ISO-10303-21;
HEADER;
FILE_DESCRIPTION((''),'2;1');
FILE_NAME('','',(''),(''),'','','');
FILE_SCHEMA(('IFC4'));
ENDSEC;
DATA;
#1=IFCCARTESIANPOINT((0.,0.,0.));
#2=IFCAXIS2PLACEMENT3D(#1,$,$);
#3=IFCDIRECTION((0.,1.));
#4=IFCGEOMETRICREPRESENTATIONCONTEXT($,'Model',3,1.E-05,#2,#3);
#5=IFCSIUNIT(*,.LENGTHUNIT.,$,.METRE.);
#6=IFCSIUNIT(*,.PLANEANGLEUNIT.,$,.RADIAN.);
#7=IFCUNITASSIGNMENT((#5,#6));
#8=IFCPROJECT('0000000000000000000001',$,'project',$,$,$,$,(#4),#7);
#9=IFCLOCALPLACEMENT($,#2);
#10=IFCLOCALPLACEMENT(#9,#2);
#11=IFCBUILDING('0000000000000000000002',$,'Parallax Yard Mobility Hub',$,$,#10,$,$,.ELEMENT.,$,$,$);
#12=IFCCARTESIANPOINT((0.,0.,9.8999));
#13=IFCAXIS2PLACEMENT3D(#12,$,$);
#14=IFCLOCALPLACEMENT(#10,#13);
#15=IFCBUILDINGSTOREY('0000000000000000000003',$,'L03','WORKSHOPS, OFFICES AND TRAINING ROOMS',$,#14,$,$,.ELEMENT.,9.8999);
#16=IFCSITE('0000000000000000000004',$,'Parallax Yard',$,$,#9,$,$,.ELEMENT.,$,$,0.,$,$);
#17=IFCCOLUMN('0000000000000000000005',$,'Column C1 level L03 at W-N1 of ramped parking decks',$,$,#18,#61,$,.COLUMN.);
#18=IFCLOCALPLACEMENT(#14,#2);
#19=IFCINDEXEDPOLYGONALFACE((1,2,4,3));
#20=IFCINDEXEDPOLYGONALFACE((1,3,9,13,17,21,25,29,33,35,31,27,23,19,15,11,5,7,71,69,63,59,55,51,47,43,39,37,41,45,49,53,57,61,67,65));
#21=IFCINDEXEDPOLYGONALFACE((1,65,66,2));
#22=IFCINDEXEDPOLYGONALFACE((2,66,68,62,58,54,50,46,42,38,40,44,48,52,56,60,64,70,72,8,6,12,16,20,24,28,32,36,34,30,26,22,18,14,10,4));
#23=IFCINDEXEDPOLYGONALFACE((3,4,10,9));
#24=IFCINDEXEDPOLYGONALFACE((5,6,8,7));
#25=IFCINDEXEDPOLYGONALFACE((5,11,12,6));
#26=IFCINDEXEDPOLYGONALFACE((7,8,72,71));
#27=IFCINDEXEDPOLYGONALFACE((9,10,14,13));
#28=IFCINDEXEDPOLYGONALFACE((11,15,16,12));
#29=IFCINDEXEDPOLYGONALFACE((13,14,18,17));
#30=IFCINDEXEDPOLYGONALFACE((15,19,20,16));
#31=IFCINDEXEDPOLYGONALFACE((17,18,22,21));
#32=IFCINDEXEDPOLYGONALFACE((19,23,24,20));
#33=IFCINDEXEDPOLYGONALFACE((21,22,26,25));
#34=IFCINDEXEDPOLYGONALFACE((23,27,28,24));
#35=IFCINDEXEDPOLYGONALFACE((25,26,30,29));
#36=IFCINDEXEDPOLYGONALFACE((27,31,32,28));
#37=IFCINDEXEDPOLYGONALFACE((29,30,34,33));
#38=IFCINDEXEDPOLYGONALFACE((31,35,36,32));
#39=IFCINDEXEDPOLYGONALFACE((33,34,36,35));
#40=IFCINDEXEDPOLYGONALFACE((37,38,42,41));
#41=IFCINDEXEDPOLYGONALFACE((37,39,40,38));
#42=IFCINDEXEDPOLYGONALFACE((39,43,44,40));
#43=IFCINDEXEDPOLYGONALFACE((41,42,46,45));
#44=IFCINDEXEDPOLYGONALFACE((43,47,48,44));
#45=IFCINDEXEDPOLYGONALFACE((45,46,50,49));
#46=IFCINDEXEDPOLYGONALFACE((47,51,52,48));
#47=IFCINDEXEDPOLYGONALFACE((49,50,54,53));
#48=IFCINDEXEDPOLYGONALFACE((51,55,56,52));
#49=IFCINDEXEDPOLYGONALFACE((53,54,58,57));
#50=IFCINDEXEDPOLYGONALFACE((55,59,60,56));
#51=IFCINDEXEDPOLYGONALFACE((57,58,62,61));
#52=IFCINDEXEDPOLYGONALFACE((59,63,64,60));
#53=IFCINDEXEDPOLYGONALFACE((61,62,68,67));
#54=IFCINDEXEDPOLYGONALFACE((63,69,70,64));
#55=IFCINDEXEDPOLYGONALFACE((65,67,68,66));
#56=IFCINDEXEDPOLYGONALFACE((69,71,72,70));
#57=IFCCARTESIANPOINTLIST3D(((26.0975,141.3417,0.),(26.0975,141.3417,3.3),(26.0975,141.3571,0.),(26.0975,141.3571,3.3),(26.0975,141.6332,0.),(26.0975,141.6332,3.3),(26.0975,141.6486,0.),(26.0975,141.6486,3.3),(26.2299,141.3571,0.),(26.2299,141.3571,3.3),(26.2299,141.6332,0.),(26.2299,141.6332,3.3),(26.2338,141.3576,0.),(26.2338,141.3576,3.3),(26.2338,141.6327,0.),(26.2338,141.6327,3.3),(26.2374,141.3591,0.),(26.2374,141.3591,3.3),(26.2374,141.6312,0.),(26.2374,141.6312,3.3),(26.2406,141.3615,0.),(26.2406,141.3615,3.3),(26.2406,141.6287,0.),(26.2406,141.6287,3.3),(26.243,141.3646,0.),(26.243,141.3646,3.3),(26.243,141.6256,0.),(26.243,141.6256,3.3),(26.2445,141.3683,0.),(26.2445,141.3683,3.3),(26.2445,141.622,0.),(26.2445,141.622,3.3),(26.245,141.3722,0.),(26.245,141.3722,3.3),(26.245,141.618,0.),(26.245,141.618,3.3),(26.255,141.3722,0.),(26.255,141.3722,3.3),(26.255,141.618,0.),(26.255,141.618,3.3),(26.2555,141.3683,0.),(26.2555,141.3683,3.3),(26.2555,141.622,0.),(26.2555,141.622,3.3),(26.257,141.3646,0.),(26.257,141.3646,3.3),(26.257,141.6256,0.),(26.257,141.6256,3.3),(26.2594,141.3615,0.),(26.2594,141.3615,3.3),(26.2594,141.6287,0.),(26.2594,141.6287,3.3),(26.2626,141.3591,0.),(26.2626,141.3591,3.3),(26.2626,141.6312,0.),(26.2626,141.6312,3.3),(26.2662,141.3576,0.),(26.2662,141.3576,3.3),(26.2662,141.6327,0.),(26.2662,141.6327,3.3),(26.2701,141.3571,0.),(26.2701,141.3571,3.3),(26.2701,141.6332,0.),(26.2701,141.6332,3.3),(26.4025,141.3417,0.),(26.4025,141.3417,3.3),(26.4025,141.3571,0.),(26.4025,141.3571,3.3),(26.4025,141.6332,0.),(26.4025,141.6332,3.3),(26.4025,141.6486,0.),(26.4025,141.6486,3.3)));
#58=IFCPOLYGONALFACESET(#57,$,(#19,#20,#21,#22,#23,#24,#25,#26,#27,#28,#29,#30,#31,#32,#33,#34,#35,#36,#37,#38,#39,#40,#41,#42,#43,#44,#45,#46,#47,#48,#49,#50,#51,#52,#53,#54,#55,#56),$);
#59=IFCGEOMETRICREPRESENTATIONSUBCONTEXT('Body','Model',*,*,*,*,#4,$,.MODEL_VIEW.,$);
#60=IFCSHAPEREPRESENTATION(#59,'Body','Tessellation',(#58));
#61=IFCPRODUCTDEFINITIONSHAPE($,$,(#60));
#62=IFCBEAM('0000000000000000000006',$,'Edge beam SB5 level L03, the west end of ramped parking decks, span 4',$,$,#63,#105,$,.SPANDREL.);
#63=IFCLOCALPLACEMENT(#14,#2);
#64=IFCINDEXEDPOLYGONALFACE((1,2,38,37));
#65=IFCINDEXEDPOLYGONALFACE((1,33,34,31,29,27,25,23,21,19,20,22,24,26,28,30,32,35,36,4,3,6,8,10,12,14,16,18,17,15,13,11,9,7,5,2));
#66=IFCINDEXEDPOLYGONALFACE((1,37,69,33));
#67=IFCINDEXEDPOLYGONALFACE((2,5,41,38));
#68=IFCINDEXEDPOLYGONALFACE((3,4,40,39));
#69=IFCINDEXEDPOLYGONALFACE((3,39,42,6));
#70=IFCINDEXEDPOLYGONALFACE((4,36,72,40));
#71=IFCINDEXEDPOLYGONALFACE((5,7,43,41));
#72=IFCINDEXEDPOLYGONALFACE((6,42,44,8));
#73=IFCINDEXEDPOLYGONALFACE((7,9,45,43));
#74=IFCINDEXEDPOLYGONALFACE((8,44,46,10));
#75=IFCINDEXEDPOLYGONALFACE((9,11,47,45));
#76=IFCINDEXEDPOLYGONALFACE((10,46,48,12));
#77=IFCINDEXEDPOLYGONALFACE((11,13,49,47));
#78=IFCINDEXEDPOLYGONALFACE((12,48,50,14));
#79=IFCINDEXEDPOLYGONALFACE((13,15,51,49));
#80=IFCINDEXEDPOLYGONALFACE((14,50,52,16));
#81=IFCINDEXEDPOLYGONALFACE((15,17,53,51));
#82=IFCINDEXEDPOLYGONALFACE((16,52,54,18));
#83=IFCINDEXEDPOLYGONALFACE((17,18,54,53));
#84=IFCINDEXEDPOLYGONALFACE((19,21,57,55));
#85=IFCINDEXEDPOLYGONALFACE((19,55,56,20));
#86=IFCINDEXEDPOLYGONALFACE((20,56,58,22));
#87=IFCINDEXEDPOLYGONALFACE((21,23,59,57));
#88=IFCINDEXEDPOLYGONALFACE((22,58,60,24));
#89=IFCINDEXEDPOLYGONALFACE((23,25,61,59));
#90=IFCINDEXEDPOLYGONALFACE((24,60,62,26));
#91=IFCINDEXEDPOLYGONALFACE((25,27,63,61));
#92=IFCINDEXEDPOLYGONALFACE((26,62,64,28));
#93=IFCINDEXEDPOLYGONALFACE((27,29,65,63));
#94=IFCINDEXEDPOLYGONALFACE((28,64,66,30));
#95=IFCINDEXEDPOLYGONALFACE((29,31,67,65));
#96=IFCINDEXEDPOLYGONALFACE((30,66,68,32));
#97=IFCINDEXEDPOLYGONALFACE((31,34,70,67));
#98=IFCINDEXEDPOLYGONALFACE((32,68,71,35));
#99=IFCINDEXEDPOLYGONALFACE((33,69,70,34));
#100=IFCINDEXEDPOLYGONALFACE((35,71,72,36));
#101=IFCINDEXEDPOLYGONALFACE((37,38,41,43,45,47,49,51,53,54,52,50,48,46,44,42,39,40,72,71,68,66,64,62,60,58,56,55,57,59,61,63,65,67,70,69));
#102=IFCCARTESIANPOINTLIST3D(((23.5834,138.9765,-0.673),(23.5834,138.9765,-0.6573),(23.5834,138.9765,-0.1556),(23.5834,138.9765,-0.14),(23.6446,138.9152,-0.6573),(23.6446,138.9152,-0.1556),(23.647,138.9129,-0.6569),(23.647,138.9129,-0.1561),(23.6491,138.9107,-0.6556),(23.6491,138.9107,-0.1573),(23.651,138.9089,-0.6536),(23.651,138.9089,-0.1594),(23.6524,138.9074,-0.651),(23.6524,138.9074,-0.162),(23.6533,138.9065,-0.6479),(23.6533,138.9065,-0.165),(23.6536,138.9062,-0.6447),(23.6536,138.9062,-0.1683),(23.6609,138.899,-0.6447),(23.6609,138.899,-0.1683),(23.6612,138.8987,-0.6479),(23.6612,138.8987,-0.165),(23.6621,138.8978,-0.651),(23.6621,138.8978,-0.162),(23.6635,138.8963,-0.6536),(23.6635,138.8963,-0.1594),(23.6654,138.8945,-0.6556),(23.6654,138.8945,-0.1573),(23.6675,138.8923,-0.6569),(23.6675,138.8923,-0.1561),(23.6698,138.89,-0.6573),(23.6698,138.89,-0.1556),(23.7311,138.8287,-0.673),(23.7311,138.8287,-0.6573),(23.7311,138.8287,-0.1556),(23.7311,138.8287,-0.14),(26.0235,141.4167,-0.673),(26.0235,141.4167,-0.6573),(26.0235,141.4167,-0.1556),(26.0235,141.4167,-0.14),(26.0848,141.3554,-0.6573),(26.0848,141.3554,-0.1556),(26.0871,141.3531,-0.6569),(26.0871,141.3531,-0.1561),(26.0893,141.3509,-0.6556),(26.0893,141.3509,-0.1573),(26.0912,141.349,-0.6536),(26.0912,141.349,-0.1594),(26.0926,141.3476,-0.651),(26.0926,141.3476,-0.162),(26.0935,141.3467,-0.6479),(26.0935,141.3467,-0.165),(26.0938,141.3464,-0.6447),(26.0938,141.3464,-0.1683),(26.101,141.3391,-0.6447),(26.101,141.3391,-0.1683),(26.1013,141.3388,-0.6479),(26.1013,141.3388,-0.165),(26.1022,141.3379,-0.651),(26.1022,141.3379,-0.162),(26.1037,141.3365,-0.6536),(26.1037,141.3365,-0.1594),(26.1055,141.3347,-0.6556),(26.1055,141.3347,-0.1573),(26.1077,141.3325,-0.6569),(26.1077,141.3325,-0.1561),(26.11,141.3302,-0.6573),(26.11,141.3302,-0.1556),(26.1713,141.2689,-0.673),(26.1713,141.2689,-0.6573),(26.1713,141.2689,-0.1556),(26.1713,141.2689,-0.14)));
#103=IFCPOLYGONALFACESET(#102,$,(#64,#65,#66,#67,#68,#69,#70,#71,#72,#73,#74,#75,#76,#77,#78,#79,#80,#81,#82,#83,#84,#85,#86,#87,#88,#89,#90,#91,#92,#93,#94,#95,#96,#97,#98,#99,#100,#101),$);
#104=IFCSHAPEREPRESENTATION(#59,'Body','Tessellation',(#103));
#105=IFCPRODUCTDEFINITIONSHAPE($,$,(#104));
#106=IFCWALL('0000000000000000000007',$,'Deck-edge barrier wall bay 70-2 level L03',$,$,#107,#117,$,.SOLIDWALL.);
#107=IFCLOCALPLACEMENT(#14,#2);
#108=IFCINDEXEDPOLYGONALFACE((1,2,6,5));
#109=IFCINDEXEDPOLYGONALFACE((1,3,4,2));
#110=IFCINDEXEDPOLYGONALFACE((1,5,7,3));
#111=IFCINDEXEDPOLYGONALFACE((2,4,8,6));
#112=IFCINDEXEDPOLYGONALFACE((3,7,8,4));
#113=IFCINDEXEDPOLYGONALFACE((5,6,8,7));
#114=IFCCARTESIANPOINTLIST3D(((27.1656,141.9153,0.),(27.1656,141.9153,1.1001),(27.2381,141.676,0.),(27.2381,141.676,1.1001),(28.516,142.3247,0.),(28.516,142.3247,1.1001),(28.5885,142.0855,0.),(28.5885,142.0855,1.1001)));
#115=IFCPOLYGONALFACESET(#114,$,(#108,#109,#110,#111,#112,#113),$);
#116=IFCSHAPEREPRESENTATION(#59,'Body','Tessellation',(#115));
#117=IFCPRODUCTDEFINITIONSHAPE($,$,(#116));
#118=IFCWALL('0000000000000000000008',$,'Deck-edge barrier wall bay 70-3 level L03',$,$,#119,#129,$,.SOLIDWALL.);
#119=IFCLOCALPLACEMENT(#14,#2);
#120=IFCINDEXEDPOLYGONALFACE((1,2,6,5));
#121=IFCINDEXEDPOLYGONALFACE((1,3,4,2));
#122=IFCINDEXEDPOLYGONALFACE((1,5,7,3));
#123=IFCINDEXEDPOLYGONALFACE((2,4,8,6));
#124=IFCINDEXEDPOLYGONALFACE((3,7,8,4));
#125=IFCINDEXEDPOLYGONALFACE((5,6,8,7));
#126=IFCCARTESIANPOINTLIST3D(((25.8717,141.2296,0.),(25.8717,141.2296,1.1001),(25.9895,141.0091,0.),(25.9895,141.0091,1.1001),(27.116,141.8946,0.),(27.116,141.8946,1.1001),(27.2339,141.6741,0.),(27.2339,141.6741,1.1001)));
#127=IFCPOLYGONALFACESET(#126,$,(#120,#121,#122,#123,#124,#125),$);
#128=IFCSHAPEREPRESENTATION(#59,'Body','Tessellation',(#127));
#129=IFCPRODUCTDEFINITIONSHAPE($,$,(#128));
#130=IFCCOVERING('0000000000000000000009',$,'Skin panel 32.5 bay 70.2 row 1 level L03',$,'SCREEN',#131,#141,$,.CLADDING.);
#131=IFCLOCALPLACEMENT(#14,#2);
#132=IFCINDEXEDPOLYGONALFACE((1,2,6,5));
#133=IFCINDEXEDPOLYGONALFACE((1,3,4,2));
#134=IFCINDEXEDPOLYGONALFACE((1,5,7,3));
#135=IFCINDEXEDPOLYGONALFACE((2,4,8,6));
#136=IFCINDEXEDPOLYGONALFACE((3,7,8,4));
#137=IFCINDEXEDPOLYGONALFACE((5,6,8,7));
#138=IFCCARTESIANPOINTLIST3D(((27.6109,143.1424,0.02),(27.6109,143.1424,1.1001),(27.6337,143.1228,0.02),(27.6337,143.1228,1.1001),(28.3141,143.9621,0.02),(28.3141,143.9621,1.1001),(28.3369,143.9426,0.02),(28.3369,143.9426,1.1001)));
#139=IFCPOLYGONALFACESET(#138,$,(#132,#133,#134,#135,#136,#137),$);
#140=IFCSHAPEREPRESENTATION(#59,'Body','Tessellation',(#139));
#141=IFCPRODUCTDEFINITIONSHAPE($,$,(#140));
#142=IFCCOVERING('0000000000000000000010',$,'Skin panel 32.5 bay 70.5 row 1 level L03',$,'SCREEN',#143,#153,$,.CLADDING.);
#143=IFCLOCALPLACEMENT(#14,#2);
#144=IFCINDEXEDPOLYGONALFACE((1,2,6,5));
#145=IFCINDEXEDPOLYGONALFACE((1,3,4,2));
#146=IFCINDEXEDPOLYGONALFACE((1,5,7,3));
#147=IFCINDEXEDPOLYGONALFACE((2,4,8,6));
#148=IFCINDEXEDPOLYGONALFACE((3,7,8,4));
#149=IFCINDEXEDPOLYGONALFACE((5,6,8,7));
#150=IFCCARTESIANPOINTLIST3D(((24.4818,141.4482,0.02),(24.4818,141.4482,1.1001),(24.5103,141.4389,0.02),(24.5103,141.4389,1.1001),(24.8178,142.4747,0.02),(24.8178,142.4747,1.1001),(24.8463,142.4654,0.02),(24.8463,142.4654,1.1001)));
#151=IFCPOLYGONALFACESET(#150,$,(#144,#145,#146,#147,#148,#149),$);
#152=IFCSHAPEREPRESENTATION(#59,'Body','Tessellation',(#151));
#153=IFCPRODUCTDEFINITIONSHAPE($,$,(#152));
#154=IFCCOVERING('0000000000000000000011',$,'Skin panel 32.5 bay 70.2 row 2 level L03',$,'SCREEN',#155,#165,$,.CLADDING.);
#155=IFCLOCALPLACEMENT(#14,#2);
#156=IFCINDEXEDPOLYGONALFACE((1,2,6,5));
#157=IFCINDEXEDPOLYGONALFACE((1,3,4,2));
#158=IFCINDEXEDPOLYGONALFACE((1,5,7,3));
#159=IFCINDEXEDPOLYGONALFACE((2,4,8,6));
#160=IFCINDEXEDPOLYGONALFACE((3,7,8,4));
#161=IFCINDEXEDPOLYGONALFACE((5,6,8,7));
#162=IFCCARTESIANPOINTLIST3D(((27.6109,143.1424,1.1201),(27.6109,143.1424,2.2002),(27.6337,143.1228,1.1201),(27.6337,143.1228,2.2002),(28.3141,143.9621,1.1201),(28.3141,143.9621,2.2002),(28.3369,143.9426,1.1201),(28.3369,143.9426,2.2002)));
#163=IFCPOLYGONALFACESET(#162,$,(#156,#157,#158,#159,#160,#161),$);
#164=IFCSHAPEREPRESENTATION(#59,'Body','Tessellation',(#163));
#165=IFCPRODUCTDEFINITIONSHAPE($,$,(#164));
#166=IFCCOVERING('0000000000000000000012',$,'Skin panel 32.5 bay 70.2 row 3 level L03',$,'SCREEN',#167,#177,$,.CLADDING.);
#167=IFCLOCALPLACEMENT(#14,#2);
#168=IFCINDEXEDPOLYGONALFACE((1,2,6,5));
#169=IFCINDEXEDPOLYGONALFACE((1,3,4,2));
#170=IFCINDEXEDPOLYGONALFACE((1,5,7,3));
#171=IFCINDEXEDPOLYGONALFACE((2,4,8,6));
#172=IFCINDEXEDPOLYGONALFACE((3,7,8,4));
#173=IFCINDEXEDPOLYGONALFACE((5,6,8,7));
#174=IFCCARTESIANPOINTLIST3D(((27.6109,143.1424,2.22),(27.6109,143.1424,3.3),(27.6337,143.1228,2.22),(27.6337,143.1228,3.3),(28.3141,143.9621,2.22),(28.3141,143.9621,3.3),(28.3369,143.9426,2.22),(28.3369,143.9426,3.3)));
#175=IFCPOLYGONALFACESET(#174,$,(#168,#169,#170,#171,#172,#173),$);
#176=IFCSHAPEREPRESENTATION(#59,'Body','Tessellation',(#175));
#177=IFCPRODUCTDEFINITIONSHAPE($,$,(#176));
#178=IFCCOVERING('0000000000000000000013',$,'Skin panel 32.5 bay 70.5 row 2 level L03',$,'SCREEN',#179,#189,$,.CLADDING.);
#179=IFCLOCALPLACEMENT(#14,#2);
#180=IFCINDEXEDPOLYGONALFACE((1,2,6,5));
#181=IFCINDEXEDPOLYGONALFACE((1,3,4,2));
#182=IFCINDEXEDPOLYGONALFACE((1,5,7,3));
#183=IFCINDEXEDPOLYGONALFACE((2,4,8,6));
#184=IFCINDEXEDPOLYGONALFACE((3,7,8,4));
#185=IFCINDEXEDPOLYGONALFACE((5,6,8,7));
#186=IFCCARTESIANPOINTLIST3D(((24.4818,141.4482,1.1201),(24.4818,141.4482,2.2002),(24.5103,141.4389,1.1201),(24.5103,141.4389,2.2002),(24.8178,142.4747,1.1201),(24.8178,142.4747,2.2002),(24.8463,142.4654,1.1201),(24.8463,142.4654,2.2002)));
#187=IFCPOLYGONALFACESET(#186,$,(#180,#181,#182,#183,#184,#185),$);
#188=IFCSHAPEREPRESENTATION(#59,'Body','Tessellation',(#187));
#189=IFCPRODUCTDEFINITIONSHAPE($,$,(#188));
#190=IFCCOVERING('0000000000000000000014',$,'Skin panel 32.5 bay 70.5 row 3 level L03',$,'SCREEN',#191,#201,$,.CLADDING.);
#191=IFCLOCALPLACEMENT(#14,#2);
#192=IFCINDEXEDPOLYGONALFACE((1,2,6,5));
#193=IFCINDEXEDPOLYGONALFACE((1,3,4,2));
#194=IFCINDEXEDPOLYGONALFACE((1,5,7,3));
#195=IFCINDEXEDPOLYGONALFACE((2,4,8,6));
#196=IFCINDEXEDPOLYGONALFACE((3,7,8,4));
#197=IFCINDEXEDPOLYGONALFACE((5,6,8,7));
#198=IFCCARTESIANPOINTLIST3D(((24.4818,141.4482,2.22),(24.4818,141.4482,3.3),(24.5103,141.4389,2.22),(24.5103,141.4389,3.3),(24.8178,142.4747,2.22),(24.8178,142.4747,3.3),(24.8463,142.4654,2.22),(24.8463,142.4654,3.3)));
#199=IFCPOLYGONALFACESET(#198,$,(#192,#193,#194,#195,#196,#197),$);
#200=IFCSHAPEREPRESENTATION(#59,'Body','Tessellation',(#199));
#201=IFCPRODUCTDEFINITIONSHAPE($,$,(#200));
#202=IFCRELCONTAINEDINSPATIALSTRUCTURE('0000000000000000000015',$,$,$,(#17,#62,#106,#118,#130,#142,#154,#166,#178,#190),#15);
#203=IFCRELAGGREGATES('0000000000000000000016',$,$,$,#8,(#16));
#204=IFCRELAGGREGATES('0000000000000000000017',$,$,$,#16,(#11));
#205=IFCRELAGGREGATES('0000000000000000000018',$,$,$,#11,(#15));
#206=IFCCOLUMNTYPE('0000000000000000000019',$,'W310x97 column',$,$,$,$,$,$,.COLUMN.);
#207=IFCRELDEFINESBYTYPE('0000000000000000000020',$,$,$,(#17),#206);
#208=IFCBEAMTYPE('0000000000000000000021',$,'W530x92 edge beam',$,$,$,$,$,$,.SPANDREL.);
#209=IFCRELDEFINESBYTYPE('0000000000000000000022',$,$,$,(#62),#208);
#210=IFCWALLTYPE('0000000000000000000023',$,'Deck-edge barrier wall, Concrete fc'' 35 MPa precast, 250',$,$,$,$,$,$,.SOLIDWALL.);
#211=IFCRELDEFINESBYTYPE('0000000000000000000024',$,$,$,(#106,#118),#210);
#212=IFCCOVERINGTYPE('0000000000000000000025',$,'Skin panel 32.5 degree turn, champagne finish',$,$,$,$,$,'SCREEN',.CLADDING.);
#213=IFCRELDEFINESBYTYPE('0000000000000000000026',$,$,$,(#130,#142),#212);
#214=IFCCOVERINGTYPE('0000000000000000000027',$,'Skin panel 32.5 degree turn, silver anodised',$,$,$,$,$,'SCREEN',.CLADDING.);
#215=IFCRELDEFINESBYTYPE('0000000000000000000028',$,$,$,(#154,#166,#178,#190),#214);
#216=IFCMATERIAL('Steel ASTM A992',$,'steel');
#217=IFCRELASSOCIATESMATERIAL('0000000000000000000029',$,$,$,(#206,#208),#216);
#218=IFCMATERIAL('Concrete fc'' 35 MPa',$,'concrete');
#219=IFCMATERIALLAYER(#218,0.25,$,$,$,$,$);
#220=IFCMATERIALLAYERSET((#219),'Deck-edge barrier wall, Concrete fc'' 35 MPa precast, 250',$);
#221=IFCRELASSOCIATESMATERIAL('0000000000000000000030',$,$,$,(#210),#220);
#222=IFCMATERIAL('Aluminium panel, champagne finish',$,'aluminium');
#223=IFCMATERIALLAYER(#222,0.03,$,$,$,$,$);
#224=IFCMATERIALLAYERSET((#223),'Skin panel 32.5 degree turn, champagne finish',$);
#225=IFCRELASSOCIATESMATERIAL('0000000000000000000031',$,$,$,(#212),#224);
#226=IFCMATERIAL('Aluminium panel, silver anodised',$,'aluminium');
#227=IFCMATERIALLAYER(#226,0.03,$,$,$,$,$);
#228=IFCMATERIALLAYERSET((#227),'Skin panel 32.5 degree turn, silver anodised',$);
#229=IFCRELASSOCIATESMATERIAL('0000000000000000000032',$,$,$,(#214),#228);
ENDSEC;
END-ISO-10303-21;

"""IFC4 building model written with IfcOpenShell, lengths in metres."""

from ifc_helpers import new_model, si_unit, direction, frame, frame_2d, origin, origin_2d, place, context, subcontext, project, spatial, rectangle, i_section, extrude, material, layer, layer_set, material_profile, profile_set, type_object, element, save


model = new_model("IFC4")

# Units and contexts
model_context = context("Model", 3, precision=1e-05, world=origin(), true_north=direction((0.0, 1.0)))
body_context = subcontext(model_context, "Body", "Model", "MODEL_VIEW")
ifc_project = project(units=[si_unit("LENGTHUNIT", "METRE"), si_unit("PLANEANGLEUNIT", "RADIAN")], contexts=[model_context])

# Site, building, storey
site_placement = place(None, origin())
site = spatial("IfcSite", under=ifc_project, at=site_placement, Name="Parallax Yard", CompositionType="ELEMENT", RefElevation=0.0)
building_placement = place(site_placement, origin())
building = spatial("IfcBuilding", under=site, at=building_placement, Name="Parallax Yard Mobility Hub", CompositionType="ELEMENT")
storey_placement = place(building_placement, frame((0.0, 0.0, 9.8999)))
storey = spatial("IfcBuildingStorey", under=building, at=storey_placement, Name="L03", Description="WORKSHOPS, OFFICES AND TRAINING ROOMS", CompositionType="ELEMENT", Elevation=9.8999)

# Column
ifc_material_1 = material(Name="Steel ASTM A992", Category="steel")
ifc_material_profile_1 = material_profile(ifc_material_1, i_section(OverallWidth=0.3049, OverallDepth=0.3069, WebThickness=0.01, FlangeThickness=0.0154, FilletRadius=0.0151, at=origin_2d()), Name="W310x97")
ifc_profile_set_1 = profile_set([ifc_material_profile_1], Name="Steel ASTM A992")
column_type = type_object("IfcColumnType", Name="W310x97 column", PredefinedType="COLUMN", material=ifc_profile_set_1)
column_placement = place(storey_placement, frame((26.25, 141.4951, 0.0), z_axis=(0.0, 0.0, 1.0), x_axis=(1.0, 0.0, 0.0)))
element("IfcColumn", 1, at=column_placement, inside=storey, type_object=column_type, Name="Column C1 level L03 at W-N1 of ramped parking decks", PredefinedType="COLUMN", context=body_context, shape_type="SweptSolid", body=[
    extrude(i_section(OverallWidth=0.3049, OverallDepth=0.3069, WebThickness=0.01, FlangeThickness=0.0154, FilletRadius=0.0151, at=origin_2d()), origin(), (0.0, 0.0, 1.0), 3.3),
])

# Beam
ifc_material_profile_2 = material_profile(ifc_material_1, i_section(OverallWidth=0.209, OverallDepth=0.533, WebThickness=0.0103, FlangeThickness=0.0156, FilletRadius=0.0127, at=origin_2d()), Name="W530x92")
ifc_profile_set_2 = profile_set([ifc_material_profile_2], Name="Steel ASTM A992")
beam_type = type_object("IfcBeamType", Name="W530x92 edge beam", PredefinedType="SPANDREL", material=ifc_profile_set_2)
beam_placement = place(storey_placement, frame((26.0974, 141.3428, -0.4065), z_axis=(-0.707107, -0.707107, 0.0), x_axis=(0.707107, -0.707107, 0.0)))
element("IfcBeam", 2, at=beam_placement, inside=storey, type_object=beam_type, Name="Edge beam SB5 level L03, the west end of ramped parking decks, span 4", PredefinedType="SPANDREL", context=body_context, shape_type="SweptSolid", body=[
    extrude(i_section(OverallWidth=0.209, OverallDepth=0.533, WebThickness=0.0103, FlangeThickness=0.0156, FilletRadius=0.0127, at=origin_2d()), origin(), (0.0, 0.0, 1.0), 3.4509),
])

# Walls
ifc_material_2 = material(Name="Concrete fc' 35 MPa", Category="concrete")
ifc_layer_1 = layer(ifc_material_2, 0.25)
ifc_layer_set_1 = layer_set([ifc_layer_1], Name="Deck-edge barrier wall, Concrete fc' 35 MPa precast, 250")
wall_type = type_object("IfcWallType", Name="Deck-edge barrier wall, Concrete fc' 35 MPa precast, 250", PredefinedType="SOLIDWALL", material=ifc_layer_set_1)
wall_1_placement = place(storey_placement, frame((28.5522, 142.2051, 0.0), z_axis=(0.0, 0.0, 1.0), x_axis=(-0.956979, -0.290156, 0.0)))
element("IfcWall", 3, at=wall_1_placement, inside=storey, type_object=wall_type, Name="Deck-edge barrier wall bay 70-2 level L03", PredefinedType="SOLIDWALL", context=body_context, shape_type="SweptSolid", body=[
    extrude(rectangle(XDim=1.4111, YDim=0.25, at=frame_2d((0.7056, 0.0))), origin(), (0.0, 0.0, 1.0), 1.1001),
])
wall_2_placement = place(storey_placement, frame((27.175, 141.7844, 0.0), z_axis=(0.0, 0.0, 1.0), x_axis=(-0.88195, -0.471342, 0.0)))
element("IfcWall", 4, at=wall_2_placement, inside=storey, type_object=wall_type, Name="Deck-edge barrier wall bay 70-3 level L03", PredefinedType="SOLIDWALL", context=body_context, shape_type="SweptSolid", body=[
    extrude(rectangle(XDim=1.4109, YDim=0.25, at=frame_2d((0.7056, 0.0))), origin(), (0.0, 0.0, 1.0), 1.1001),
])

# Coverings
ifc_material_3 = material(Name="Aluminium panel, champagne finish", Category="aluminium")
ifc_layer_2 = layer(ifc_material_3, 0.03)
ifc_layer_set_2 = layer_set([ifc_layer_2], Name="Skin panel 32.5 degree turn, champagne finish")
covering_type_1 = type_object("IfcCoveringType", Name="Skin panel 32.5 degree turn, champagne finish", ElementType="SCREEN", PredefinedType="CLADDING", material=ifc_layer_set_2)
for number, where, z_axis, x_axis, name in (
    (5, (27.9739, 143.5425, 0.02), (0.0, 0.0, 1.0), (0.651105, 0.758987, 0.0), "Skin panel 32.5 bay 70.2 row 1 level L03"),
    (6, (24.6641, 141.9568, 0.02), (0.0, 0.0, 1.0), (0.311091, 0.95038, 0.0), "Skin panel 32.5 bay 70.5 row 1 level L03"),
):
    element("IfcCovering", number, at=place(storey_placement, frame(where, z_axis=z_axis, x_axis=x_axis)), inside=storey, type_object=covering_type_1, Name=name, ObjectType="SCREEN", PredefinedType="CLADDING", context=body_context, shape_type="SweptSolid", body=[
        extrude(rectangle(XDim=1.0801, YDim=0.03, at=origin_2d()), origin(), (0.0, 0.0, 1.0), 1.0801),
    ])
ifc_material_4 = material(Name="Aluminium panel, silver anodised", Category="aluminium")
ifc_layer_3 = layer(ifc_material_4, 0.03)
ifc_layer_set_3 = layer_set([ifc_layer_3], Name="Skin panel 32.5 degree turn, silver anodised")
covering_type_2 = type_object("IfcCoveringType", Name="Skin panel 32.5 degree turn, silver anodised", ElementType="SCREEN", PredefinedType="CLADDING", material=ifc_layer_set_3)
for number, where, z_axis, x_axis, name in (
    (7, (27.9739, 143.5425, 1.1201), (0.0, 0.0, 1.0), (0.651105, 0.758987, 0.0), "Skin panel 32.5 bay 70.2 row 2 level L03"),
    (8, (27.9739, 143.5425, 2.22), (0.0, 0.0, 1.0), (0.651105, 0.758987, 0.0), "Skin panel 32.5 bay 70.2 row 3 level L03"),
    (9, (24.6641, 141.9568, 1.1201), (0.0, 0.0, 1.0), (0.311091, 0.95038, 0.0), "Skin panel 32.5 bay 70.5 row 2 level L03"),
    (10, (24.6641, 141.9568, 2.22), (0.0, 0.0, 1.0), (0.311091, 0.95038, 0.0), "Skin panel 32.5 bay 70.5 row 3 level L03"),
):
    element("IfcCovering", number, at=place(storey_placement, frame(where, z_axis=z_axis, x_axis=x_axis)), inside=storey, type_object=covering_type_2, Name=name, ObjectType="SCREEN", PredefinedType="CLADDING", context=body_context, shape_type="SweptSolid", body=[
        extrude(rectangle(XDim=1.0801, YDim=0.03, at=origin_2d()), origin(), (0.0, 0.0, 1.0), 1.0801),
    ])

save(model, "model.ifc")
